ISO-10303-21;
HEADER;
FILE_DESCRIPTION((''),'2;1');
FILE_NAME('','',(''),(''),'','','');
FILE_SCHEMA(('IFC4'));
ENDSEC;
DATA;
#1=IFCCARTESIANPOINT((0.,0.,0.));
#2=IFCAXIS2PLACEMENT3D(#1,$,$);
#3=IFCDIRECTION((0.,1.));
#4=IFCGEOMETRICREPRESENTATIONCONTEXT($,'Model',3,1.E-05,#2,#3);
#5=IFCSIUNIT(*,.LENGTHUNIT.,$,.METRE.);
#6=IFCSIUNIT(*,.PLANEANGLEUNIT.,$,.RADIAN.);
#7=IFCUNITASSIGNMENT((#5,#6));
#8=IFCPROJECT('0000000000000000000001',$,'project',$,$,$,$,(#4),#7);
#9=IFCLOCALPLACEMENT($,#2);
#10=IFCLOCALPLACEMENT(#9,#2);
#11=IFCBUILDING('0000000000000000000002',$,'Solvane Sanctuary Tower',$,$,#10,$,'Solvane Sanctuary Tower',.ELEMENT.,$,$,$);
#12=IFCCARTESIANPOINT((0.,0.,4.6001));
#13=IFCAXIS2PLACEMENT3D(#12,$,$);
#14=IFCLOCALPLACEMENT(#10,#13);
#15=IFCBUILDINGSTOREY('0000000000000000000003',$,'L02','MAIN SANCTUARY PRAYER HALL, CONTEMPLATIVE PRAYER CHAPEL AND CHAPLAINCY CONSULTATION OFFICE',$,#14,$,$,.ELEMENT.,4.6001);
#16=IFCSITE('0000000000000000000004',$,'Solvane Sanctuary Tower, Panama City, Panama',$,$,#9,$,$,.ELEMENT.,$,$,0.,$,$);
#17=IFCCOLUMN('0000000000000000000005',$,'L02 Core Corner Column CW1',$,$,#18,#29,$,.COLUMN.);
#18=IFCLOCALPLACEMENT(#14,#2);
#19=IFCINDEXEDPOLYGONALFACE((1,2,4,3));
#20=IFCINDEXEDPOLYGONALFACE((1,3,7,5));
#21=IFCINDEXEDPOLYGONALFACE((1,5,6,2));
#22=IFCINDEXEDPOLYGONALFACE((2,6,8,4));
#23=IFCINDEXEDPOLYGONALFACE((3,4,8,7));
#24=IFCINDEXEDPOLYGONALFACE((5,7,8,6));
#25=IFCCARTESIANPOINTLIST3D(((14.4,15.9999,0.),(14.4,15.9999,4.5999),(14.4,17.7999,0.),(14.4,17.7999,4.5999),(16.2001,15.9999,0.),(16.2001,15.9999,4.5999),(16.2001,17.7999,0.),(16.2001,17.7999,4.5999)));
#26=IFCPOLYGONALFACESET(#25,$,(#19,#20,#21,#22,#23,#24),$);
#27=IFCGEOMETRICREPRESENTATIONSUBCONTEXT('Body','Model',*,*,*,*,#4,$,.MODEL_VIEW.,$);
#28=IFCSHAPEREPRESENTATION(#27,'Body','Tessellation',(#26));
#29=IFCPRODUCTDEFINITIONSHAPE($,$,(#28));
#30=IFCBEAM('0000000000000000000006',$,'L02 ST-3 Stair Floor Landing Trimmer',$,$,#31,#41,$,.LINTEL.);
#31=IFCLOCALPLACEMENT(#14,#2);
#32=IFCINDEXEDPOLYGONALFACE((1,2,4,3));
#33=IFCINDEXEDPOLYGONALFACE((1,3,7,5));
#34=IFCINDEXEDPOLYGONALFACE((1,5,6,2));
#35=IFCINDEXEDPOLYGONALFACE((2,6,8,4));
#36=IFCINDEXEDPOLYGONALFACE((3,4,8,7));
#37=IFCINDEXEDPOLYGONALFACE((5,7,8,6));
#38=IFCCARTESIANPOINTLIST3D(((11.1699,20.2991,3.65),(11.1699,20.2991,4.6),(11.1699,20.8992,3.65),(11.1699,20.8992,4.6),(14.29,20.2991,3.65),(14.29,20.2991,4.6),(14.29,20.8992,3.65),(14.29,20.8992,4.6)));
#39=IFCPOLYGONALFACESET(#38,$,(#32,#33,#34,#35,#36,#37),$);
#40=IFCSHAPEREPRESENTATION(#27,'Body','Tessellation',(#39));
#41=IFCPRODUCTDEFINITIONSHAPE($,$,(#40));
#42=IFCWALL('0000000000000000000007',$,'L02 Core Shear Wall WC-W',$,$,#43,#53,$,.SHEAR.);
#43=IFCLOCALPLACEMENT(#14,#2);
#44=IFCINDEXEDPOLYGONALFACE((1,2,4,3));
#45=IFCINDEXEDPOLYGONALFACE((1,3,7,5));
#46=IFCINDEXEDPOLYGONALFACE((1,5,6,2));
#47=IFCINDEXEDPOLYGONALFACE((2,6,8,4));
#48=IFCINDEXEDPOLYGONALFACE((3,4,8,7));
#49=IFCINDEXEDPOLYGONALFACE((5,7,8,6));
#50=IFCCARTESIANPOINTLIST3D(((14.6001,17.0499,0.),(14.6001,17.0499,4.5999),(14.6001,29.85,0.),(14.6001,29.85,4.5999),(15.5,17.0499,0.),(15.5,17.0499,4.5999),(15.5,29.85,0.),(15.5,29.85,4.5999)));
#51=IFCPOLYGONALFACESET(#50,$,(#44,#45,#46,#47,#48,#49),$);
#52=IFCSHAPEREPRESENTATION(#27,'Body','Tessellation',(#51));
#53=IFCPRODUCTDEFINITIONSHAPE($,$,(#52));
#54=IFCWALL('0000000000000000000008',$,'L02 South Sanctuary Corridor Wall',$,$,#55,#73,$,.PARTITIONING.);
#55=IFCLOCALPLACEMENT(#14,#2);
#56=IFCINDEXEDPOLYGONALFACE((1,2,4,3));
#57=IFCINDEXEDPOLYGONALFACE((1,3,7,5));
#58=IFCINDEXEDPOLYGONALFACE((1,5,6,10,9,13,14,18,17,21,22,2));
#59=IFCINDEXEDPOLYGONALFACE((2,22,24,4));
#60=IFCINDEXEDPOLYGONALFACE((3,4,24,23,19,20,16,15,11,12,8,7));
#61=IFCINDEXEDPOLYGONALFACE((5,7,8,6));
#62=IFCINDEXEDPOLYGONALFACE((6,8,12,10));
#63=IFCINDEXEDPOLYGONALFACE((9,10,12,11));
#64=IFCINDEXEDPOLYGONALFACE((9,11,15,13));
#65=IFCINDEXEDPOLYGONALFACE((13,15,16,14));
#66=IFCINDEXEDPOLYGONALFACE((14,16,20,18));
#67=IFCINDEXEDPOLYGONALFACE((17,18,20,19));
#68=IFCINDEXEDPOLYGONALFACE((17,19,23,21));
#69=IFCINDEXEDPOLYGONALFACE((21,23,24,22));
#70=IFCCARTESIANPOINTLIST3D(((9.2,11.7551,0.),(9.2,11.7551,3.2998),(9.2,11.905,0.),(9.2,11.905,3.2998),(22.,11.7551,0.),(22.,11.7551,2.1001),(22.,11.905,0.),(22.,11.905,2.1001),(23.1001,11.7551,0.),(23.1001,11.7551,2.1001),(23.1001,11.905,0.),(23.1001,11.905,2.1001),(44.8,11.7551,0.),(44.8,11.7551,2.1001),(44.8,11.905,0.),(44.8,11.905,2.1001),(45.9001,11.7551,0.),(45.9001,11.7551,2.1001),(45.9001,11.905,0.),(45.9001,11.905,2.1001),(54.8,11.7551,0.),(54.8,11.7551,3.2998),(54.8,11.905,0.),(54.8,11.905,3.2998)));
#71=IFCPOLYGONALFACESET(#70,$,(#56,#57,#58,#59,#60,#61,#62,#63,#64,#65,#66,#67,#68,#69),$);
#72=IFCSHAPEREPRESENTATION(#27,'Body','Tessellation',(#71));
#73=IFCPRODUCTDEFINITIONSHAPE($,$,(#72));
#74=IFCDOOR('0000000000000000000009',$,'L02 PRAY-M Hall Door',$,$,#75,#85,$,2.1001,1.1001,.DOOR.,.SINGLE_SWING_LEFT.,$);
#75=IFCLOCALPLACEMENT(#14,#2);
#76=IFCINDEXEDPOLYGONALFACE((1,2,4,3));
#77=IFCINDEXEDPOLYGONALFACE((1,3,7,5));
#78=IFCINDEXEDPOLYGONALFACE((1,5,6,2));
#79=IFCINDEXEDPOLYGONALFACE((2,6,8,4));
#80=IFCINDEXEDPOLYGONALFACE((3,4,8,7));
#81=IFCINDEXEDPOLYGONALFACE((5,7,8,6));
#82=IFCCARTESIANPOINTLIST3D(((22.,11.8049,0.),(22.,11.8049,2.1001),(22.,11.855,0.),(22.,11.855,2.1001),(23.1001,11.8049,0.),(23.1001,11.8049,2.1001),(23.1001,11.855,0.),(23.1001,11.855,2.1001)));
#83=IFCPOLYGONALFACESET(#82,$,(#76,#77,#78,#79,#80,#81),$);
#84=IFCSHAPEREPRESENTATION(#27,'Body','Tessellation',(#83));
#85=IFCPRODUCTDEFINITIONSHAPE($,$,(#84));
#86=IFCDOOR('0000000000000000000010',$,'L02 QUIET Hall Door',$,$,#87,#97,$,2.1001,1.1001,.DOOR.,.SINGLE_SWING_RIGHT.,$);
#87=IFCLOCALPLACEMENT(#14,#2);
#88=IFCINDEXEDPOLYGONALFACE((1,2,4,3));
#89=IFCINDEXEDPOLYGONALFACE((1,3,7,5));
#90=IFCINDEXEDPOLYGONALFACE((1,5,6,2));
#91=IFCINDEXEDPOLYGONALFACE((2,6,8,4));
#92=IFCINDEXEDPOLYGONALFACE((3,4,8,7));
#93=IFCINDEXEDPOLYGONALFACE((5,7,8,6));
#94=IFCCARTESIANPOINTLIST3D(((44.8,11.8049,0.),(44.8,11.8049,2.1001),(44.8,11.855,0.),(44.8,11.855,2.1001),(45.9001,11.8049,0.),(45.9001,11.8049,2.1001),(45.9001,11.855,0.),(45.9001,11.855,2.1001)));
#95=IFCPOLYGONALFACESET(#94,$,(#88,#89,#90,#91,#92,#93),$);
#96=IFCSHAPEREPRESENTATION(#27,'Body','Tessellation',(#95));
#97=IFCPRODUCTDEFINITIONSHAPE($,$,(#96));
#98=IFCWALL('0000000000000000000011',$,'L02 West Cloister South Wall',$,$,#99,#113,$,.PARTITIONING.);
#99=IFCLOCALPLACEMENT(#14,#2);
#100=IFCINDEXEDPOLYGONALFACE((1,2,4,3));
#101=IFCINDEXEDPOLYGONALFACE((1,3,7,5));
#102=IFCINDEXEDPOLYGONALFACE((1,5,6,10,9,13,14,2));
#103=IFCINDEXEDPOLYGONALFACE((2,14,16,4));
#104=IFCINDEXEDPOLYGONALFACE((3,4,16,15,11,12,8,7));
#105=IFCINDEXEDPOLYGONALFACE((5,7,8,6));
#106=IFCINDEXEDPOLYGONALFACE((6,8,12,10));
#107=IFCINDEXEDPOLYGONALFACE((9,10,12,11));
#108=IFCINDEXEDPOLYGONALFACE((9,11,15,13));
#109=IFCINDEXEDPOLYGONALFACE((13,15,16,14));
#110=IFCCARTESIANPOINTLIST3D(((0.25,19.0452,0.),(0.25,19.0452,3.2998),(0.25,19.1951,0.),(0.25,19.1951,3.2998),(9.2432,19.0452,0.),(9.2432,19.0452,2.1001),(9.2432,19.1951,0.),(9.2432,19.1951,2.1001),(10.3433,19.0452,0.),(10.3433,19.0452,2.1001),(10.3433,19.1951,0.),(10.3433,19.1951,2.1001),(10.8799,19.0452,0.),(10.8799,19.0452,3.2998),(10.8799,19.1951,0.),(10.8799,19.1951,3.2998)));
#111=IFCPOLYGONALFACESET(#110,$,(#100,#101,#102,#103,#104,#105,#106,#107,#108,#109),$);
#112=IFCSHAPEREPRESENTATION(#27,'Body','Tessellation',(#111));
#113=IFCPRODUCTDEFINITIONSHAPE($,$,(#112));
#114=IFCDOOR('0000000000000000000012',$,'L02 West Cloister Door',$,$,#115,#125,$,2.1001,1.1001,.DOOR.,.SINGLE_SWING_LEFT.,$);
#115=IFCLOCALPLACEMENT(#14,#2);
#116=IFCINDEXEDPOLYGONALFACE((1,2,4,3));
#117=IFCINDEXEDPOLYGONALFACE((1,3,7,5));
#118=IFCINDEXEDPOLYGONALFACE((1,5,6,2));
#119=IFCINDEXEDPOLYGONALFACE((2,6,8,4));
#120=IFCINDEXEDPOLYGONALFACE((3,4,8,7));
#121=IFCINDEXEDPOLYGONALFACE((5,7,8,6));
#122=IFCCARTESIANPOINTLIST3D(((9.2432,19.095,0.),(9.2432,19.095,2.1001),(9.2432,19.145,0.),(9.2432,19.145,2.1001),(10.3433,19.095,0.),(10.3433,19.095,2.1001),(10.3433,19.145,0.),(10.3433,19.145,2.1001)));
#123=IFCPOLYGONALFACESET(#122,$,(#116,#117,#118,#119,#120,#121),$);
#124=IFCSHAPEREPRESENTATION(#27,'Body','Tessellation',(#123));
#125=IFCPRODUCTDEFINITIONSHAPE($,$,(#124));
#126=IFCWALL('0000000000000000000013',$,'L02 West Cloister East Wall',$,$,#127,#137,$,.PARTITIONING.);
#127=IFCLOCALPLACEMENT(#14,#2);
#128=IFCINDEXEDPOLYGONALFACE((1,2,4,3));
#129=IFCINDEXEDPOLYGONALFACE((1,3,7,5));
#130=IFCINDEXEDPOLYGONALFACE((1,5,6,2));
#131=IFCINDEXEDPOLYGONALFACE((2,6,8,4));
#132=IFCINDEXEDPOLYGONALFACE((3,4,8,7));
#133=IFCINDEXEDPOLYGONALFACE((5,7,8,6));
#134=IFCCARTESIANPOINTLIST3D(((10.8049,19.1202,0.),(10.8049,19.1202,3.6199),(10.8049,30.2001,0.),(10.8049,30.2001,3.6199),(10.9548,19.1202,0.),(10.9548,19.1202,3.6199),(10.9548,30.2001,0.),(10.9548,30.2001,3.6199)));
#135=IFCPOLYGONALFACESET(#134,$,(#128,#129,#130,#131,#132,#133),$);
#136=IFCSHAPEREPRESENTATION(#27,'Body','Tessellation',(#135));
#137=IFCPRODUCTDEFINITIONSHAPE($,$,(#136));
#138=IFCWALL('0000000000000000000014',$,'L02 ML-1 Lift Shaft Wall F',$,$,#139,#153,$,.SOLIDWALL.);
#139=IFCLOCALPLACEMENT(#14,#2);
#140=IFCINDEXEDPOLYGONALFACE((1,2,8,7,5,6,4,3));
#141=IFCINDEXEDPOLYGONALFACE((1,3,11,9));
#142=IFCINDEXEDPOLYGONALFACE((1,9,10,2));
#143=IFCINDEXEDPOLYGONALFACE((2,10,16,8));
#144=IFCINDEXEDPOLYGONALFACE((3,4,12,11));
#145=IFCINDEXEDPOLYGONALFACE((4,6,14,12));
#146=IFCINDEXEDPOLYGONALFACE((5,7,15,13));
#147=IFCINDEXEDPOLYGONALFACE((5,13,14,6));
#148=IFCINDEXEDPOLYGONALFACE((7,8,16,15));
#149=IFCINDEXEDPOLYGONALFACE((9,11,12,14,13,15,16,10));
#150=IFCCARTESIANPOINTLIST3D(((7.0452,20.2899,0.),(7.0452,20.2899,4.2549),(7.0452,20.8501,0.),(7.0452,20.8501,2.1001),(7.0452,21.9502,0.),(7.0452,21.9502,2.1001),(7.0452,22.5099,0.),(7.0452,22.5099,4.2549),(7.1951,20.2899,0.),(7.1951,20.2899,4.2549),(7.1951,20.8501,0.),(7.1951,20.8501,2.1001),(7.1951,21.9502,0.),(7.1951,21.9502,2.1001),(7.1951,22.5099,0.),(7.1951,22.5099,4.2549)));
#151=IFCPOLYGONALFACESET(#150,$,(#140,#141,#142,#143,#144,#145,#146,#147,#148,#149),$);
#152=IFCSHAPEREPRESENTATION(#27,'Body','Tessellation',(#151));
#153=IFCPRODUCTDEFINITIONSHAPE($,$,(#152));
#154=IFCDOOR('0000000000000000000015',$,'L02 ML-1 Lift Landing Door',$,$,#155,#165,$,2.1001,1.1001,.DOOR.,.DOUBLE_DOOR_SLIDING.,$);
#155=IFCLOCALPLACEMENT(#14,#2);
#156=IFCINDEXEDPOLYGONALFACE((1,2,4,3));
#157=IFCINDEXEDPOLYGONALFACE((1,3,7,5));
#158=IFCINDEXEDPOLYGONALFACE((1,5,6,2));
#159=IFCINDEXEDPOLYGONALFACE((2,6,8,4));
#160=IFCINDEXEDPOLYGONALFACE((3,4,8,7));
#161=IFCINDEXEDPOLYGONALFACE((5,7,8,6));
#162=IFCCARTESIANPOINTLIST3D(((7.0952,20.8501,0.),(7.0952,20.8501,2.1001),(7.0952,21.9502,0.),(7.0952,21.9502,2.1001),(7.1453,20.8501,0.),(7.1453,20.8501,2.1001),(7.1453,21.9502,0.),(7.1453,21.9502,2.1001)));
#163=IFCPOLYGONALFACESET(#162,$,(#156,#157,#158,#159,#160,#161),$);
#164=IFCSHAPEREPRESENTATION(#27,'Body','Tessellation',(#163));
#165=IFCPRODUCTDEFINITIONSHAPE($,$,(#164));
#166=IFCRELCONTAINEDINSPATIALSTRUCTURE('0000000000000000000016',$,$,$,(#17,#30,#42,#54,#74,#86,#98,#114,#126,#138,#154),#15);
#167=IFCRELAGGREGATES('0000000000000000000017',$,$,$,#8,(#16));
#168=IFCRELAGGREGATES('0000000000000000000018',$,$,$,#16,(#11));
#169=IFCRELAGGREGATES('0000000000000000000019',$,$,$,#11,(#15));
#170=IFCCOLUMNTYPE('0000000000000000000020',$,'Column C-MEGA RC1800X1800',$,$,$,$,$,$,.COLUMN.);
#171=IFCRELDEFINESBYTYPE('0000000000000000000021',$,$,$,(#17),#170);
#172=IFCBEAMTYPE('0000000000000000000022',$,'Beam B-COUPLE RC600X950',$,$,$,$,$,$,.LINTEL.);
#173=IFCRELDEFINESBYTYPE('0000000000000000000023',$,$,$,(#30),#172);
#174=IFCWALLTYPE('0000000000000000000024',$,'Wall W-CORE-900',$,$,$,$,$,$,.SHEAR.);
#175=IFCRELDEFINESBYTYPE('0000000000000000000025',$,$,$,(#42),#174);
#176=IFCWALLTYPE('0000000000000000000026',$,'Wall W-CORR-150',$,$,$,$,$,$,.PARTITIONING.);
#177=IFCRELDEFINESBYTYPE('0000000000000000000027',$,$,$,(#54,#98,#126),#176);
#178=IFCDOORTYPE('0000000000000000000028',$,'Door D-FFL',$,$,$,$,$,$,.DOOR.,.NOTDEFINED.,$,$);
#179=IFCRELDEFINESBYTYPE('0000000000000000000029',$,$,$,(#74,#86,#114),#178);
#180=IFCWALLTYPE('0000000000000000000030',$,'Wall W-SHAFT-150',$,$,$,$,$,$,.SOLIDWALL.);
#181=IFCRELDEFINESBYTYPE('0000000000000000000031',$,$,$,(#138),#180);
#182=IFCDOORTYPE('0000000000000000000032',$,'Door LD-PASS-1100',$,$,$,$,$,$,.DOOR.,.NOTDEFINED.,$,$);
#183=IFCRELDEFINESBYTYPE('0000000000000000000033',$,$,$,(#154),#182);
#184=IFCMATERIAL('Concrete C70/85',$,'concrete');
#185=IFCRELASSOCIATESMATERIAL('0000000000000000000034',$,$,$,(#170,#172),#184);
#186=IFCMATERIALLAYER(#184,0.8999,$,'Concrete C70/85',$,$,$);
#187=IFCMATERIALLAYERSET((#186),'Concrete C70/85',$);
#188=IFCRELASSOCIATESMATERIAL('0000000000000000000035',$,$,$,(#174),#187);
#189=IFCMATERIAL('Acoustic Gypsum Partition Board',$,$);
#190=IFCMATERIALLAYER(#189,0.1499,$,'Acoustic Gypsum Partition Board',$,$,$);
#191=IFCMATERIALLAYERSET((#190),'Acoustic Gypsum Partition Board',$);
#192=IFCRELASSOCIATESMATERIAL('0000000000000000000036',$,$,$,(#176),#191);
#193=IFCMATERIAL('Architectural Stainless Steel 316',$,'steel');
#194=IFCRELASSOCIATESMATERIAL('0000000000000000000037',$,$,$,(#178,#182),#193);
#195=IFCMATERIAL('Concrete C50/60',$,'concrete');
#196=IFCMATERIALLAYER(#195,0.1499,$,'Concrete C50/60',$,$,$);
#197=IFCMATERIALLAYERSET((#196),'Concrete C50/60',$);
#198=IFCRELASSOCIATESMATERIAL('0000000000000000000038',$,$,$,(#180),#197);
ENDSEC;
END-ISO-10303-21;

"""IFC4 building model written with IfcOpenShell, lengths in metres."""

from ifc_helpers import new_model, si_unit, direction, frame, frame_2d, origin, origin_2d, place, context, subcontext, project, spatial, rectangle, extrude, material, layer, layer_set, material_profile, profile_set, type_object, element, fill, save


model = new_model("IFC4")

# Units and contexts
model_context = context("Model", 3, precision=1e-05, world=origin(), true_north=direction((0.0, 1.0)))
body_context = subcontext(model_context, "Body", "Model", "MODEL_VIEW")
ifc_project = project(units=[si_unit("LENGTHUNIT", "METRE"), si_unit("PLANEANGLEUNIT", "RADIAN")], contexts=[model_context])

# Site, building, storey
site_placement = place(None, origin())
site = spatial("IfcSite", under=ifc_project, at=site_placement, Name="Solvane Sanctuary Tower, Panama City, Panama", CompositionType="ELEMENT", RefElevation=0.0)
building_placement = place(site_placement, origin())
building = spatial("IfcBuilding", under=site, at=building_placement, Name="Solvane Sanctuary Tower", LongName="Solvane Sanctuary Tower", CompositionType="ELEMENT")
storey_placement = place(building_placement, frame((0.0, 0.0, 4.6001)))
storey = spatial("IfcBuildingStorey", under=building, at=storey_placement, Name="L02", Description="MAIN SANCTUARY PRAYER HALL, CONTEMPLATIVE PRAYER CHAPEL AND CHAPLAINCY CONSULTATION OFFICE", CompositionType="ELEMENT", Elevation=4.6001)

# Column
ifc_material_1 = material(Name="Concrete C70/85", Category="concrete")
ifc_material_profile_1 = material_profile(ifc_material_1, rectangle(XDim=1.8, YDim=1.8, at=origin_2d()), Name="RC1800X1800")
ifc_profile_set_1 = profile_set([ifc_material_profile_1], Name="Concrete C70/85")
column_type = type_object("IfcColumnType", Name="Column C-MEGA RC1800X1800", PredefinedType="COLUMN", material=ifc_profile_set_1)
column_placement = place(storey_placement, frame((15.3, 16.8999, 0.0), z_axis=(0.0, 0.0, 1.0), x_axis=(1.0, 0.0, 0.0)))
element("IfcColumn", 1, at=column_placement, inside=storey, type_object=column_type, Name="L02 Core Corner Column CW1", PredefinedType="COLUMN", context=body_context, shape_type="SweptSolid", body=[
    extrude(rectangle(XDim=1.8, YDim=1.8, at=origin_2d()), origin(), (0.0, 0.0, 1.0), 4.5999),
])

# Beam
ifc_material_profile_2 = material_profile(ifc_material_1, rectangle(XDim=0.6001, YDim=0.95, at=origin_2d()), Name="RC600X950")
ifc_profile_set_2 = profile_set([ifc_material_profile_2], Name="Concrete C70/85")
beam_type = type_object("IfcBeamType", Name="Beam B-COUPLE RC600X950", PredefinedType="LINTEL", material=ifc_profile_set_2)
beam_placement = place(storey_placement, frame((11.1699, 20.5991, 4.125), z_axis=(1.0, 0.0, 0.0), x_axis=(0.0, 1.0, 0.0)))
element("IfcBeam", 2, at=beam_placement, inside=storey, type_object=beam_type, Name="L02 ST-3 Stair Floor Landing Trimmer", PredefinedType="LINTEL", context=body_context, shape_type="SweptSolid", body=[
    extrude(rectangle(XDim=0.6001, YDim=0.95, at=origin_2d()), origin(), (0.0, 0.0, 1.0), 3.1201),
])

# Wall
ifc_layer_1 = layer(ifc_material_1, 0.8999, Name="Concrete C70/85")
ifc_layer_set_1 = layer_set([ifc_layer_1], Name="Concrete C70/85")
wall_type_1 = type_object("IfcWallType", Name="Wall W-CORE-900", PredefinedType="SHEAR", material=ifc_layer_set_1)
wall_1_placement = place(storey_placement, frame((15.05, 17.05, 0.0), z_axis=(0.0, 0.0, 1.0), x_axis=(0.0, 1.0, 0.0)))
element("IfcWall", 3, at=wall_1_placement, inside=storey, type_object=wall_type_1, Name="L02 Core Shear Wall WC-W", PredefinedType="SHEAR", context=body_context, shape_type="SweptSolid", body=[
    extrude(rectangle(XDim=12.8, YDim=0.8999, at=frame_2d((6.3999, 0.0))), origin(), (0.0, 0.0, 1.0), 4.5999),
])

# Wall, openings, doors
ifc_material_2 = material(Name="Acoustic Gypsum Partition Board")
ifc_layer_2 = layer(ifc_material_2, 0.1499, Name="Acoustic Gypsum Partition Board")
ifc_layer_set_2 = layer_set([ifc_layer_2], Name="Acoustic Gypsum Partition Board")
wall_type_2 = type_object("IfcWallType", Name="Wall W-CORR-150", PredefinedType="PARTITIONING", material=ifc_layer_set_2)
wall_2_placement = place(storey_placement, frame((9.2, 11.8301, 0.0), z_axis=(0.0, 0.0, 1.0), x_axis=(1.0, 0.0, 0.0)))
wall_2 = element("IfcWall", 4, at=wall_2_placement, inside=storey, type_object=wall_type_2, Name="L02 South Sanctuary Corridor Wall", PredefinedType="PARTITIONING", context=body_context, shape_type="SweptSolid", body=[
    extrude(rectangle(XDim=45.6001, YDim=0.1499, at=frame_2d((22.8, 0.0))), origin(), (0.0, 0.0, 1.0), 3.2998),
])
opening_1_placement = place(wall_2_placement, frame((12.8, 0.0, 0.0)))
opening_1 = element("IfcOpeningElement", 5, at=opening_1_placement, cuts=wall_2, PredefinedType="OPENING", context=body_context, shape_type="SweptSolid", body=[
    extrude(rectangle(XDim=1.1001, YDim=2.1001, at=frame_2d((0.55, 1.05))), frame((0.0, 0.085, 0.0), z_axis=(0.0, -1.0, 0.0), x_axis=(1.0, 0.0, 0.0)), (0.0, 0.0, 1.0), 0.1699),
])
opening_2_placement = place(wall_2_placement, frame((35.6001, 0.0, 0.0)))
opening_2 = element("IfcOpeningElement", 6, at=opening_2_placement, cuts=wall_2, PredefinedType="OPENING", context=body_context, shape_type="SweptSolid", body=[
    extrude(rectangle(XDim=1.1001, YDim=2.1001, at=frame_2d((0.55, 1.05))), frame((0.0, 0.085, 0.0), z_axis=(0.0, -1.0, 0.0), x_axis=(1.0, 0.0, 0.0)), (0.0, 0.0, 1.0), 0.1699),
])
ifc_material_3 = material(Name="Architectural Stainless Steel 316", Category="steel")
door_type_1 = type_object("IfcDoorType", Name="Door D-FFL", OperationType="NOTDEFINED", PredefinedType="DOOR", material=ifc_material_3)
door_1_placement = place(opening_1_placement, origin())
door_1 = element("IfcDoor", 7, at=door_1_placement, inside=storey, type_object=door_type_1, Name="L02 PRAY-M Hall Door", OperationType="SINGLE_SWING_LEFT", OverallHeight=2.1001, OverallWidth=1.1001, PredefinedType="DOOR", context=body_context, shape_type="SweptSolid", body=[
    extrude(rectangle(XDim=1.1001, YDim=2.1001, at=frame_2d((0.55, 1.05))), frame((0.0, 0.0249, 0.0), z_axis=(0.0, -1.0, 0.0), x_axis=(1.0, 0.0, 0.0)), (0.0, 0.0, 1.0), 0.05),
])
fill(opening_1, door_1)
door_2_placement = place(opening_2_placement, origin())
door_2 = element("IfcDoor", 8, at=door_2_placement, inside=storey, type_object=door_type_1, Name="L02 QUIET Hall Door", OperationType="SINGLE_SWING_RIGHT", OverallHeight=2.1001, OverallWidth=1.1001, PredefinedType="DOOR", context=body_context, shape_type="SweptSolid", body=[
    extrude(rectangle(XDim=1.1001, YDim=2.1001, at=frame_2d((0.55, 1.05))), frame((0.0, 0.0249, 0.0), z_axis=(0.0, -1.0, 0.0), x_axis=(1.0, 0.0, 0.0)), (0.0, 0.0, 1.0), 0.05),
])
fill(opening_2, door_2)

# Wall, opening, door
wall_3_placement = place(storey_placement, frame((0.25, 19.1201, 0.0), z_axis=(0.0, 0.0, 1.0), x_axis=(1.0, 0.0, 0.0)))
wall_3 = element("IfcWall", 9, at=wall_3_placement, inside=storey, type_object=wall_type_2, Name="L02 West Cloister South Wall", PredefinedType="PARTITIONING", context=body_context, shape_type="SweptSolid", body=[
    extrude(rectangle(XDim=10.6299, YDim=0.1499, at=frame_2d((5.3149, 0.0))), origin(), (0.0, 0.0, 1.0), 3.2998),
])
opening_3_placement = place(wall_3_placement, frame((8.9932, 0.0, 0.0)))
opening_3 = element("IfcOpeningElement", 10, at=opening_3_placement, cuts=wall_3, PredefinedType="OPENING", context=body_context, shape_type="SweptSolid", body=[
    extrude(rectangle(XDim=1.1001, YDim=2.1001, at=frame_2d((0.55, 1.05))), frame((0.0, 0.085, 0.0), z_axis=(0.0, -1.0, 0.0), x_axis=(1.0, 0.0, 0.0)), (0.0, 0.0, 1.0), 0.1699),
])
door_3_placement = place(opening_3_placement, origin())
door_3 = element("IfcDoor", 11, at=door_3_placement, inside=storey, type_object=door_type_1, Name="L02 West Cloister Door", OperationType="SINGLE_SWING_LEFT", OverallHeight=2.1001, OverallWidth=1.1001, PredefinedType="DOOR", context=body_context, shape_type="SweptSolid", body=[
    extrude(rectangle(XDim=1.1001, YDim=2.1001, at=frame_2d((0.55, 1.05))), frame((0.0, 0.0249, 0.0), z_axis=(0.0, -1.0, 0.0), x_axis=(1.0, 0.0, 0.0)), (0.0, 0.0, 1.0), 0.05),
])
fill(opening_3, door_3)

# Wall
wall_4_placement = place(storey_placement, frame((10.8799, 19.1201, 0.0), z_axis=(0.0, 0.0, 1.0), x_axis=(0.0, 1.0, 0.0)))
element("IfcWall", 12, at=wall_4_placement, inside=storey, type_object=wall_type_2, Name="L02 West Cloister East Wall", PredefinedType="PARTITIONING", context=body_context, shape_type="SweptSolid", body=[
    extrude(rectangle(XDim=11.0798, YDim=0.1499, at=frame_2d((5.54, 0.0))), origin(), (0.0, 0.0, 1.0), 3.6199),
])

# Wall, opening, door
ifc_material_4 = material(Name="Concrete C50/60", Category="concrete")
ifc_layer_3 = layer(ifc_material_4, 0.1499, Name="Concrete C50/60")
ifc_layer_set_3 = layer_set([ifc_layer_3], Name="Concrete C50/60")
wall_type_3 = type_object("IfcWallType", Name="Wall W-SHAFT-150", PredefinedType="SOLIDWALL", material=ifc_layer_set_3)
wall_5_placement = place(storey_placement, frame((7.1201, 20.29, 0.0), z_axis=(0.0, 0.0, 1.0), x_axis=(0.0, 1.0, 0.0)))
wall_5 = element("IfcWall", 13, at=wall_5_placement, inside=storey, type_object=wall_type_3, Name="L02 ML-1 Lift Shaft Wall F", PredefinedType="SOLIDWALL", context=body_context, shape_type="SweptSolid", body=[
    extrude(rectangle(XDim=2.22, YDim=0.1499, at=frame_2d((1.1099, 0.0))), origin(), (0.0, 0.0, 1.0), 4.2549),
])
opening_4_placement = place(wall_5_placement, frame((0.5601, 0.0, 0.0)))
opening_4 = element("IfcOpeningElement", 14, at=opening_4_placement, cuts=wall_5, PredefinedType="OPENING", context=body_context, shape_type="SweptSolid", body=[
    extrude(rectangle(XDim=1.1001, YDim=2.1001, at=frame_2d((0.55, 1.05))), frame((0.0, 0.085, 0.0), z_axis=(0.0, -1.0, 0.0), x_axis=(1.0, 0.0, 0.0)), (0.0, 0.0, 1.0), 0.1699),
])
door_type_2 = type_object("IfcDoorType", Name="Door LD-PASS-1100", OperationType="NOTDEFINED", PredefinedType="DOOR", material=ifc_material_3)
door_4_placement = place(opening_4_placement, origin())
door_4 = element("IfcDoor", 15, at=door_4_placement, inside=storey, type_object=door_type_2, Name="L02 ML-1 Lift Landing Door", OperationType="DOUBLE_DOOR_SLIDING", OverallHeight=2.1001, OverallWidth=1.1001, PredefinedType="DOOR", context=body_context, shape_type="SweptSolid", body=[
    extrude(rectangle(XDim=1.1001, YDim=2.1001, at=frame_2d((0.55, 1.05))), frame((0.0, 0.0249, 0.0), z_axis=(0.0, -1.0, 0.0), x_axis=(1.0, 0.0, 0.0)), (0.0, 0.0, 1.0), 0.05),
])
fill(opening_4, door_4)

save(model, "model.ifc")
